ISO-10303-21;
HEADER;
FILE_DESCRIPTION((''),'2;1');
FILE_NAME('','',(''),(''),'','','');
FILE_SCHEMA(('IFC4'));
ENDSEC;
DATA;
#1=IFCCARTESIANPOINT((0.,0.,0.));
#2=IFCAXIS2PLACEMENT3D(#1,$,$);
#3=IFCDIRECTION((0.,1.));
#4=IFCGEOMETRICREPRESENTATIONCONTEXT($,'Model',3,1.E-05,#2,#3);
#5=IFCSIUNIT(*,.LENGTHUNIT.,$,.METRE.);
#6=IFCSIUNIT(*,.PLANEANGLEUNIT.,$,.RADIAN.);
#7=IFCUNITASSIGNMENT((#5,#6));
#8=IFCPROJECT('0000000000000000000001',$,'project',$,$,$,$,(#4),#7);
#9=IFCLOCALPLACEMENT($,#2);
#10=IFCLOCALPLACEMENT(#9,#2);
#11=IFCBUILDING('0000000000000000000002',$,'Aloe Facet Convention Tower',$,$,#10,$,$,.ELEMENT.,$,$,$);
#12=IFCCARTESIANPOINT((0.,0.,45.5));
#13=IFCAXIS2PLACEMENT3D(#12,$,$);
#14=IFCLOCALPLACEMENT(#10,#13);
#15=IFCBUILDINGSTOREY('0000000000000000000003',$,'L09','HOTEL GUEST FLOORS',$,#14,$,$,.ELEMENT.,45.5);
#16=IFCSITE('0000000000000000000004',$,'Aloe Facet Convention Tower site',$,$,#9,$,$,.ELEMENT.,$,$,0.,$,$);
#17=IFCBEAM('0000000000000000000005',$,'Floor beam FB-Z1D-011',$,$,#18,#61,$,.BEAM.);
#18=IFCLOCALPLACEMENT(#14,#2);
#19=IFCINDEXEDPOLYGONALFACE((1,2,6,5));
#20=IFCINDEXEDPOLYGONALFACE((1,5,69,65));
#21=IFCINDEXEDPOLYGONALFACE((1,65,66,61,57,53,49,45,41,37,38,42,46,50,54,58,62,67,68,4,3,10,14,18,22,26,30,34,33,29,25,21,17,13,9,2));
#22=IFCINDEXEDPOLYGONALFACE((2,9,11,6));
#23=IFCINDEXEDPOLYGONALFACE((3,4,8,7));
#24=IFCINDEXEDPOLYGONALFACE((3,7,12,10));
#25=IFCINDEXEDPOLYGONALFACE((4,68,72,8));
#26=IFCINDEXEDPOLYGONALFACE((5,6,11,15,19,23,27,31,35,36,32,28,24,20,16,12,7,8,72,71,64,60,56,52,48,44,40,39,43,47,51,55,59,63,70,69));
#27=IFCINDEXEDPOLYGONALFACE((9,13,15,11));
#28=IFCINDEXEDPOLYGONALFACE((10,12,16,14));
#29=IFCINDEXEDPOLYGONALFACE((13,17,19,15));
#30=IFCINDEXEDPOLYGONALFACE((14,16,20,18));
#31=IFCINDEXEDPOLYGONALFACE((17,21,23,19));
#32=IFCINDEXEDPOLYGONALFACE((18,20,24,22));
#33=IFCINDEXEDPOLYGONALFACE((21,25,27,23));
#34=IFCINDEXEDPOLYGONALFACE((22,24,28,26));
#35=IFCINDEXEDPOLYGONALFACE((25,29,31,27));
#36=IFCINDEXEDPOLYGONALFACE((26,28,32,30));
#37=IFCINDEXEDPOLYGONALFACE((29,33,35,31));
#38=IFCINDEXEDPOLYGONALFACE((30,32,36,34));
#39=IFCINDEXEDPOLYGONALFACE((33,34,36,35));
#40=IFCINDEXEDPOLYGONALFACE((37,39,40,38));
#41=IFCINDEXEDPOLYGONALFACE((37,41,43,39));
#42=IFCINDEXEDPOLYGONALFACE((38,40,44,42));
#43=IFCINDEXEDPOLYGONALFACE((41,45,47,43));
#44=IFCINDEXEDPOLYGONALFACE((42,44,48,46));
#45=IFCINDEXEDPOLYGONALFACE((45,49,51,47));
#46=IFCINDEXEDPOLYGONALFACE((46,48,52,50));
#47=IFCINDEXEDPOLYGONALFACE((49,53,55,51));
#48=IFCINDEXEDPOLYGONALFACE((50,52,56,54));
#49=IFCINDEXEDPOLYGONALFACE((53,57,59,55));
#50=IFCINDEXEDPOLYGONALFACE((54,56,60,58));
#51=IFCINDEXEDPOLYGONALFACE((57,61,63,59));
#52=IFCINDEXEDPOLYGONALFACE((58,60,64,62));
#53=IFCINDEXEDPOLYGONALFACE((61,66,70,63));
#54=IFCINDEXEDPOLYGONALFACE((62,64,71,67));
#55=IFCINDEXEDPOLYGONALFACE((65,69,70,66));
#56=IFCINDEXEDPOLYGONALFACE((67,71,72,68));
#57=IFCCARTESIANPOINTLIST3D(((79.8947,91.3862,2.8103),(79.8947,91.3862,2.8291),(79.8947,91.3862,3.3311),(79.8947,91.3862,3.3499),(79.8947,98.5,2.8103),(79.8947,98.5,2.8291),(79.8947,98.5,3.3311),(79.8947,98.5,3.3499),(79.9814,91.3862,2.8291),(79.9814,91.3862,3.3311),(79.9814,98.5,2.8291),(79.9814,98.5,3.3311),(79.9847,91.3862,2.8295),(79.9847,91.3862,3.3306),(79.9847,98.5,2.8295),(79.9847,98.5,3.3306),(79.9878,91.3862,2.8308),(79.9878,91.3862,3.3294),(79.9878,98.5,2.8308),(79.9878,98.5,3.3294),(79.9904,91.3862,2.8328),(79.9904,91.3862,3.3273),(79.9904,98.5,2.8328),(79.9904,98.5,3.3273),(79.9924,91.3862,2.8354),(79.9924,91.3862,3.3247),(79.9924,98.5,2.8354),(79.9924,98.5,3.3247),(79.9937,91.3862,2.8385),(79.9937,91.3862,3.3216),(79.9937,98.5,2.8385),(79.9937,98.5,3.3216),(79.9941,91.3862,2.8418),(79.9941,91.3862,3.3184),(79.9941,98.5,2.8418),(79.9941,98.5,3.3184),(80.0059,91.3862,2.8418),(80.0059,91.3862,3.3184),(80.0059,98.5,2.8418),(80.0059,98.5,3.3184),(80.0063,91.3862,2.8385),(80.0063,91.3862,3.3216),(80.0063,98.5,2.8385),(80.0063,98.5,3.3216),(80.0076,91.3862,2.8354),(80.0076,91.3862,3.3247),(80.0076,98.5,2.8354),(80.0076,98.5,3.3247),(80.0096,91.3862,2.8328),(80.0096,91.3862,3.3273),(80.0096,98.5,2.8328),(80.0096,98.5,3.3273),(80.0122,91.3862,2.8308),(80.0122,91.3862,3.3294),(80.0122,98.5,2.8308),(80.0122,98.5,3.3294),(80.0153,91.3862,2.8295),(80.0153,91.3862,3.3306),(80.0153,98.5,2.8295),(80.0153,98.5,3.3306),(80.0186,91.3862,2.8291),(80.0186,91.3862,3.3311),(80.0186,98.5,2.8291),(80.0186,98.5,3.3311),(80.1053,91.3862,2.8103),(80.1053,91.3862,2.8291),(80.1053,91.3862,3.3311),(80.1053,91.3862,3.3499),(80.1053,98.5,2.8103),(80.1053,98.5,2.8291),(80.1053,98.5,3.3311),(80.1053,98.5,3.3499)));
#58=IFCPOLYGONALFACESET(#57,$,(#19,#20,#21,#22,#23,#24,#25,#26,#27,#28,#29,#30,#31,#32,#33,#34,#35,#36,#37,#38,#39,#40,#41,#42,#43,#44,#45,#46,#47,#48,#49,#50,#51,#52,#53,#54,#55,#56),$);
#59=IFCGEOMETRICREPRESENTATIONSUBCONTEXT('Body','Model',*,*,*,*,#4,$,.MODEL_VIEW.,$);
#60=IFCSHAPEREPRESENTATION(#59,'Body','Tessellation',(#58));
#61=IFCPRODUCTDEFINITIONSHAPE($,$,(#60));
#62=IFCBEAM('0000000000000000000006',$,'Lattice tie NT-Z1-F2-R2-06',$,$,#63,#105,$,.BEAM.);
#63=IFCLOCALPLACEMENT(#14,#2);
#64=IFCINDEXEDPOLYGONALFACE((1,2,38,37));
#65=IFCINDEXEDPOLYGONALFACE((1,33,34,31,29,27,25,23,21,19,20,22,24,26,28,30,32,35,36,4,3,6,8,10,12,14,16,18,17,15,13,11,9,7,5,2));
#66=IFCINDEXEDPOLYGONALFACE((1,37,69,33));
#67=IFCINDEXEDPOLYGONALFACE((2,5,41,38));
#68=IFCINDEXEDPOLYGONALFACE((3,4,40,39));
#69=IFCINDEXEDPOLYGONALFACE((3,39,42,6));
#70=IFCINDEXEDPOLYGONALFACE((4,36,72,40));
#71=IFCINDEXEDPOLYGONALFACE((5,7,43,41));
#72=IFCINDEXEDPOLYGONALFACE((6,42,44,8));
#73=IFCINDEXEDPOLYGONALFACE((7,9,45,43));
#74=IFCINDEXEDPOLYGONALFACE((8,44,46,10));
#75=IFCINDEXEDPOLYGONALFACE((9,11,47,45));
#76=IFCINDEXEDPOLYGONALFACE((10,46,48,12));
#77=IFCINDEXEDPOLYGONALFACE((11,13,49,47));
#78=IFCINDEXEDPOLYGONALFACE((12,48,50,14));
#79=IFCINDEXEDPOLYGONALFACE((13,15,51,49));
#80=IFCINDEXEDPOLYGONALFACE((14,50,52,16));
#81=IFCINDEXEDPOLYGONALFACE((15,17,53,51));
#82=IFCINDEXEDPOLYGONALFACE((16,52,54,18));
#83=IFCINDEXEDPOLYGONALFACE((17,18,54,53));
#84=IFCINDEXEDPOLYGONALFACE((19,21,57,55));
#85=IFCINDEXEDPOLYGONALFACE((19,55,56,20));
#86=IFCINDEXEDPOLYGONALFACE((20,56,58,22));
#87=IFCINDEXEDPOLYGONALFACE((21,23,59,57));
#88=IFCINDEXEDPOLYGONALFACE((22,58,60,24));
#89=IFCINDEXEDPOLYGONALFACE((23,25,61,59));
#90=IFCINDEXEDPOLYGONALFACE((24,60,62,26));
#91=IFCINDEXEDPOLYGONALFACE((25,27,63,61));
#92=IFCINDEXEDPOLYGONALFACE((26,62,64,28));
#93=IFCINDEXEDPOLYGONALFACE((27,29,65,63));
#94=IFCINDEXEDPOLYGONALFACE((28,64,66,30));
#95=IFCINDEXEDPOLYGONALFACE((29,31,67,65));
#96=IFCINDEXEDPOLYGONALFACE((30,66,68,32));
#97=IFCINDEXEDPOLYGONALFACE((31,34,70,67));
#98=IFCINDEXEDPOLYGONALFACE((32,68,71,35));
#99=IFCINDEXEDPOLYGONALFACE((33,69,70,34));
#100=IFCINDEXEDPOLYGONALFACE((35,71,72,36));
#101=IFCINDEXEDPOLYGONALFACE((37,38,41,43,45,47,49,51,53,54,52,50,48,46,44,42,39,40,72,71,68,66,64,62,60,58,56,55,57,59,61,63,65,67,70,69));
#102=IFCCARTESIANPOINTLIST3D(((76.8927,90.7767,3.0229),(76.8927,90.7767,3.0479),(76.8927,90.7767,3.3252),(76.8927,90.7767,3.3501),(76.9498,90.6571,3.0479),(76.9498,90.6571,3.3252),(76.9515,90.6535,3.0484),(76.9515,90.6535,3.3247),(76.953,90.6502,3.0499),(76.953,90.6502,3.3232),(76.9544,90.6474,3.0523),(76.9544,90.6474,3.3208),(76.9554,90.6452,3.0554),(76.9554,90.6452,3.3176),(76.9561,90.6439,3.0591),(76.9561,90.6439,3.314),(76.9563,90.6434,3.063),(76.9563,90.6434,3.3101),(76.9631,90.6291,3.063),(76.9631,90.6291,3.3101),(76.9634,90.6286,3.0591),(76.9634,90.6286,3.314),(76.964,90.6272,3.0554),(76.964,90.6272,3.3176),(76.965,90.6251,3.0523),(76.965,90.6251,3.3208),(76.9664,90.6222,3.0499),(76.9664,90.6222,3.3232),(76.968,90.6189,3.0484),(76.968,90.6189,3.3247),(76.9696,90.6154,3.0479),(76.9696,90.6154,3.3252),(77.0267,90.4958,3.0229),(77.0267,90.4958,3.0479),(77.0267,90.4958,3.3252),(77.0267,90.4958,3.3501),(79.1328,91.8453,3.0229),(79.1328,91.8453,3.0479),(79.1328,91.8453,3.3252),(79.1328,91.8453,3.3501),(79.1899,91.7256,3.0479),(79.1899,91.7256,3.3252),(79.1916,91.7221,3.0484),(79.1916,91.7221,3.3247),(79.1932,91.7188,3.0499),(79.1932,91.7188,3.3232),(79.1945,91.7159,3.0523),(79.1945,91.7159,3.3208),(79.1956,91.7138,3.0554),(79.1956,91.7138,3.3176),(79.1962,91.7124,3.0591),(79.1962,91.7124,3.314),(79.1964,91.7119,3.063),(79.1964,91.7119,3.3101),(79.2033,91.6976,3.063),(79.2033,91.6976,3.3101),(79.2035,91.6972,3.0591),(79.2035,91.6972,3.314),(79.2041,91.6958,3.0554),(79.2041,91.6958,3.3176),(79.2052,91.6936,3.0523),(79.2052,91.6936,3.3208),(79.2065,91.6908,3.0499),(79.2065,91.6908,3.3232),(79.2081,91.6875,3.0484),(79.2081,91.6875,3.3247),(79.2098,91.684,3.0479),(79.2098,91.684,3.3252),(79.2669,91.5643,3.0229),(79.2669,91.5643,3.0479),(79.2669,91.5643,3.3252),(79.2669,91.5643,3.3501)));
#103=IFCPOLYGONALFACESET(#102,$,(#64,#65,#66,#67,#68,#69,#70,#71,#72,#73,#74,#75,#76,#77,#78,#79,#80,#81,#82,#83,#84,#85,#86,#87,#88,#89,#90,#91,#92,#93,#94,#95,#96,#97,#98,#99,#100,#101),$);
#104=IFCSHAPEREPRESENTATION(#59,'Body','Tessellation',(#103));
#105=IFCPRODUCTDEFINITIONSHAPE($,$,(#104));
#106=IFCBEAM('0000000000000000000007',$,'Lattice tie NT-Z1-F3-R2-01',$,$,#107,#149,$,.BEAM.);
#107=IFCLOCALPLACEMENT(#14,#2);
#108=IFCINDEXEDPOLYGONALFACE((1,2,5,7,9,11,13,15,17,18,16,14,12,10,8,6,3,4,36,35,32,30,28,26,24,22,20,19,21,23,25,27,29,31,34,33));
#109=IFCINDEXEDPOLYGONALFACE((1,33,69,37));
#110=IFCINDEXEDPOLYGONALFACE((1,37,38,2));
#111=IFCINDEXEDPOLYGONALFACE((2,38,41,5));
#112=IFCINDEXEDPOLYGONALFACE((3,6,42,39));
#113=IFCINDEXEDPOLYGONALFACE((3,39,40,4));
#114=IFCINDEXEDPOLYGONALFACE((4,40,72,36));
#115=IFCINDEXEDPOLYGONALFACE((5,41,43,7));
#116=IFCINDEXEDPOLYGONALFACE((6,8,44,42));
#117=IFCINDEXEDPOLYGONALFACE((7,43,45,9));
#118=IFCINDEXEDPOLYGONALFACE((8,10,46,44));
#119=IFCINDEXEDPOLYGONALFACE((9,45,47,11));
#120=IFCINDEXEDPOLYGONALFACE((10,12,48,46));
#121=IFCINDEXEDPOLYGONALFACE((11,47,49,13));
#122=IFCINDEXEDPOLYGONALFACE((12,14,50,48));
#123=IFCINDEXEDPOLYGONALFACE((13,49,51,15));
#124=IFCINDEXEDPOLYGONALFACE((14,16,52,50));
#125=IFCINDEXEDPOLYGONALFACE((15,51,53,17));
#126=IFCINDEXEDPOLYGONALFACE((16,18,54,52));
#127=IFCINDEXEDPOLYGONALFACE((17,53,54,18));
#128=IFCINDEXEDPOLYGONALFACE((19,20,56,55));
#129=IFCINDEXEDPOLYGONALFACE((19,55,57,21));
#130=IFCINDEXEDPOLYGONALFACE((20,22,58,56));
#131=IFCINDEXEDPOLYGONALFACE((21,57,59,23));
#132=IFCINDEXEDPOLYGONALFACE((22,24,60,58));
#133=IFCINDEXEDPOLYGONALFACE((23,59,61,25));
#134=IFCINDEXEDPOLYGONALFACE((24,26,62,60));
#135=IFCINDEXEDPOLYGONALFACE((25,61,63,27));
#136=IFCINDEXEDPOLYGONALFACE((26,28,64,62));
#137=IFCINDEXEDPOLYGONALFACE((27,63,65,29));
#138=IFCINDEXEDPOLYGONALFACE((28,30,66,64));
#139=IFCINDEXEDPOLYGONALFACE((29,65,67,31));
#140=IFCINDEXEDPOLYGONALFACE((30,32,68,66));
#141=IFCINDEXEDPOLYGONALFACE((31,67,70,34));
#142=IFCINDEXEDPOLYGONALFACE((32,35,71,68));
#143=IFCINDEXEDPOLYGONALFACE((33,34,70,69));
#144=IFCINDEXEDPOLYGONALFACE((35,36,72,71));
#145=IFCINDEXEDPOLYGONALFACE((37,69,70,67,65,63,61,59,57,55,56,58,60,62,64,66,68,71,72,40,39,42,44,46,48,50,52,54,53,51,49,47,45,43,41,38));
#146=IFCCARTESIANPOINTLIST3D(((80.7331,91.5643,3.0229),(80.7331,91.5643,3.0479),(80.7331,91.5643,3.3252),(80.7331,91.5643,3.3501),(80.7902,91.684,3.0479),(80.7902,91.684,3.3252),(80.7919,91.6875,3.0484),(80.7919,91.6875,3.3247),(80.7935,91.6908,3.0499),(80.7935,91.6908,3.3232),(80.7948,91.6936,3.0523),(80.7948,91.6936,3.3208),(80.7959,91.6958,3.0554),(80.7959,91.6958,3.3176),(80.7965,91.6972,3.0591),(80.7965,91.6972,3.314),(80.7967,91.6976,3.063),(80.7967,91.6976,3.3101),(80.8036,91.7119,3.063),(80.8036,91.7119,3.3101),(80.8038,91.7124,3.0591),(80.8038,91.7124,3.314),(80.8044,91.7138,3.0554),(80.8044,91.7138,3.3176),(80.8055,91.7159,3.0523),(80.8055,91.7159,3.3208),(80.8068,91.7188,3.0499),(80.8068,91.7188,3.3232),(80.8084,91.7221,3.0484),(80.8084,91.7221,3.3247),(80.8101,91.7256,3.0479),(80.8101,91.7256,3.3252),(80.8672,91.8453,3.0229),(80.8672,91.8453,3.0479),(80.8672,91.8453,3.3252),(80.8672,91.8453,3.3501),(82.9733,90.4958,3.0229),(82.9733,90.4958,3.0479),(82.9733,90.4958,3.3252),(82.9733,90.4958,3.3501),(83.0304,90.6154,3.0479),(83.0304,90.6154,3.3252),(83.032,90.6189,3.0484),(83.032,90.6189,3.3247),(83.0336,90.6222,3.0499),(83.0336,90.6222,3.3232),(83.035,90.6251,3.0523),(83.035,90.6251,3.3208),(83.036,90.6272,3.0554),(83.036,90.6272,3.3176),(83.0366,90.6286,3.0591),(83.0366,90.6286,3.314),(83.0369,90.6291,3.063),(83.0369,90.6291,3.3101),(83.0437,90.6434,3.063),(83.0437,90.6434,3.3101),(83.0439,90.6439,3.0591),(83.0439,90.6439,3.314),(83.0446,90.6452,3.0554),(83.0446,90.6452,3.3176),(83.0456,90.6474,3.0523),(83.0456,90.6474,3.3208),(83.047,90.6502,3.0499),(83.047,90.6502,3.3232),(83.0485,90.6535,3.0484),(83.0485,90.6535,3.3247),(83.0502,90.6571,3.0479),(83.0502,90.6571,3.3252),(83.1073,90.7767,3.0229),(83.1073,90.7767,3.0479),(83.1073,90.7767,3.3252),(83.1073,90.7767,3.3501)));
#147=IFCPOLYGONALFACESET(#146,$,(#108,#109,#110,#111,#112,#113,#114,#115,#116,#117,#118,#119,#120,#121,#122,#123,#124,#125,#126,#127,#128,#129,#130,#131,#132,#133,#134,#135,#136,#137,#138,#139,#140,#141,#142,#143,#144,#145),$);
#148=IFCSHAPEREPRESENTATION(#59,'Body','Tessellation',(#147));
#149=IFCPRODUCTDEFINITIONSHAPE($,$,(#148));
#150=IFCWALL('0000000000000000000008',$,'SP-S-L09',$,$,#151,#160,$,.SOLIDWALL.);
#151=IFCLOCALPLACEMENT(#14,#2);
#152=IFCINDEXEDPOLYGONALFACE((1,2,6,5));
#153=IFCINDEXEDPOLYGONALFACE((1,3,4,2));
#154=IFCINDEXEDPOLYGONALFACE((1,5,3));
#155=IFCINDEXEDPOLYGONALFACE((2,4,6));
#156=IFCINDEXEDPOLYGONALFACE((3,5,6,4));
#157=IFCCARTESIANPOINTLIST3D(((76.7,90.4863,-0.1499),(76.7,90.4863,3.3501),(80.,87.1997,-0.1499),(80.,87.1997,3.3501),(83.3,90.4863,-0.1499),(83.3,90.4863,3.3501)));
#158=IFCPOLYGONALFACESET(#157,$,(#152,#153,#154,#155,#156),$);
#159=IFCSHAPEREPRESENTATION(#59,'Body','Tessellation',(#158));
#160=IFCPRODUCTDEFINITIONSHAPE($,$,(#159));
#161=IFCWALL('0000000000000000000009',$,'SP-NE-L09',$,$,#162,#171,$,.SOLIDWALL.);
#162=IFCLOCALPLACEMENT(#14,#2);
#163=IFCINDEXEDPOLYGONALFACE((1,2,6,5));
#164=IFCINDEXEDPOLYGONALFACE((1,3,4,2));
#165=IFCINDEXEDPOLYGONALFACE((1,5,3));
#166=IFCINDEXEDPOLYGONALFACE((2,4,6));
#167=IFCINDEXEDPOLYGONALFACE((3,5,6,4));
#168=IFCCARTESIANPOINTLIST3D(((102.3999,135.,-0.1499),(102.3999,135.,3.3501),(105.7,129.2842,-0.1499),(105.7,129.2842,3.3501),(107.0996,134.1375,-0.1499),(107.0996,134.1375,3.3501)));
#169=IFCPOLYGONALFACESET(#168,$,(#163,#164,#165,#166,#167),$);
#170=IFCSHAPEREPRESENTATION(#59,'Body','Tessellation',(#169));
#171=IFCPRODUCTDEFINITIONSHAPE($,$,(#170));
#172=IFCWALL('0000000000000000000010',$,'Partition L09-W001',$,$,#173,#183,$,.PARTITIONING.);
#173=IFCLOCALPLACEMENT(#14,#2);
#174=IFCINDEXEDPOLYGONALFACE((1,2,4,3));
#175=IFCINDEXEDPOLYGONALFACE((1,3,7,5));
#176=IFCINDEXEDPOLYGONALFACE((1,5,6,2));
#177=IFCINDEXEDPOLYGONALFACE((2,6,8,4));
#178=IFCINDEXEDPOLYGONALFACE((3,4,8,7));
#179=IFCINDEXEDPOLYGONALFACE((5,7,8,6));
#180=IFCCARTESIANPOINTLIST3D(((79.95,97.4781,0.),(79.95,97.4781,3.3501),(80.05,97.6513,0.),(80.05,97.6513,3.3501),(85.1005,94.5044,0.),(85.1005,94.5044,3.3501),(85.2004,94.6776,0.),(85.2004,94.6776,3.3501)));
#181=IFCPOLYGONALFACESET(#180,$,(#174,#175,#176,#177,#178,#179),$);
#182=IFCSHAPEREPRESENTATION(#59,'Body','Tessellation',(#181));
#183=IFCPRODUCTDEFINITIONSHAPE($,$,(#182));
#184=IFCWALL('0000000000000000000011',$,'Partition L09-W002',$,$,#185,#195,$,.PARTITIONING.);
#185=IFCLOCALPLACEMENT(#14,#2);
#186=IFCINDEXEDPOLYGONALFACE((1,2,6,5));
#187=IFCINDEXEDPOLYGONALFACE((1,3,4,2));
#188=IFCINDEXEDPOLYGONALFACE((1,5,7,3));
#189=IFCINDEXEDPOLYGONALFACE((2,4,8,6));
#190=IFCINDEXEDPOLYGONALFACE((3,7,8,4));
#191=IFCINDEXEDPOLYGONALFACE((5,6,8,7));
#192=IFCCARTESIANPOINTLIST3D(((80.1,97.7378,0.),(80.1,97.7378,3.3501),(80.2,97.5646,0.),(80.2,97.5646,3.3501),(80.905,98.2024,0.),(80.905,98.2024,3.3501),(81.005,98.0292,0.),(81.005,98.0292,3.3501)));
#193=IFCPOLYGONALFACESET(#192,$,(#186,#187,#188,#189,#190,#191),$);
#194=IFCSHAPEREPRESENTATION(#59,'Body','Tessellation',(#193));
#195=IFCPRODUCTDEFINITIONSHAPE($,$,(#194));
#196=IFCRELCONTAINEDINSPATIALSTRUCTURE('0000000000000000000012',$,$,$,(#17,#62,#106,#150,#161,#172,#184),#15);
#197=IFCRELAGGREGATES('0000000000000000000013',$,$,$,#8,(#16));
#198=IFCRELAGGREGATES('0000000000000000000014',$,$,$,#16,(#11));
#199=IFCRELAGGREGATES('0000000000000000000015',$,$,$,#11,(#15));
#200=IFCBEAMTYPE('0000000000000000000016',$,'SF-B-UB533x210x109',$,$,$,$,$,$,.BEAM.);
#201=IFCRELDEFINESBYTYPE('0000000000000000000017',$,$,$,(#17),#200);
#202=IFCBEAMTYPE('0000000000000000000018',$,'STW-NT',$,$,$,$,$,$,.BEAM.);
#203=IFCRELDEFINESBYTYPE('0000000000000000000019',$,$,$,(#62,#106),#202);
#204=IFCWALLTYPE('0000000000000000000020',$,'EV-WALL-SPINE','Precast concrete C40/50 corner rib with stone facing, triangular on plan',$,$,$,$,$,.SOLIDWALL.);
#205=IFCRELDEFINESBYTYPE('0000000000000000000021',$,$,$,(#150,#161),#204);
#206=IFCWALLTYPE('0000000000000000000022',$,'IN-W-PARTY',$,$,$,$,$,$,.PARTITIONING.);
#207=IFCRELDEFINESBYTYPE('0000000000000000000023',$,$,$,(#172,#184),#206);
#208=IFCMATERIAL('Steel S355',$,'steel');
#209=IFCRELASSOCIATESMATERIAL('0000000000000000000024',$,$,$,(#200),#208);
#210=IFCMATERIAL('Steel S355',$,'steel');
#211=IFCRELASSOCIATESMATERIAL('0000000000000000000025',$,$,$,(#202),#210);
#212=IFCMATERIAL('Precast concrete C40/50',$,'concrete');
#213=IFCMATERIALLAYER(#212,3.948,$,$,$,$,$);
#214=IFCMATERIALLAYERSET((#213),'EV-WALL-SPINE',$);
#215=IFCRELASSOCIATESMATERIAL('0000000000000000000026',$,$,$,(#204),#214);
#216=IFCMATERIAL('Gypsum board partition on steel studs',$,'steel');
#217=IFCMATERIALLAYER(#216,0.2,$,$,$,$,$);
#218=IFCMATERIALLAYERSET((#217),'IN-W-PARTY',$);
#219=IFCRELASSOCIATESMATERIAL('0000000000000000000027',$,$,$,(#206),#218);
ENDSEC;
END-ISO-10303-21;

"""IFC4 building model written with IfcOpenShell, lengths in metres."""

from ifc_helpers import new_model, si_unit, direction, frame, frame_2d, origin, origin_2d, place, context, subcontext, project, spatial, polyline, rectangle, i_section, outline, extrude, material, layer, layer_set, material_profile, profile_set, type_object, element, save


model = new_model("IFC4")

# Units and contexts
model_context = context("Model", 3, precision=1e-05, world=origin(), true_north=direction((0.0, 1.0)))
body_context = subcontext(model_context, "Body", "Model", "MODEL_VIEW")
ifc_project = project(units=[si_unit("LENGTHUNIT", "METRE"), si_unit("PLANEANGLEUNIT", "RADIAN")], contexts=[model_context])

# Site, building, storey
site_placement = place(None, origin())
site = spatial("IfcSite", under=ifc_project, at=site_placement, Name="Aloe Facet Convention Tower site", CompositionType="ELEMENT", RefElevation=0.0)
building_placement = place(site_placement, origin())
building = spatial("IfcBuilding", under=site, at=building_placement, Name="Aloe Facet Convention Tower", CompositionType="ELEMENT")
storey_placement = place(building_placement, frame((0.0, 0.0, 45.5)))
storey = spatial("IfcBuildingStorey", under=building, at=storey_placement, Name="L09", Description="HOTEL GUEST FLOORS", CompositionType="ELEMENT", Elevation=45.5)

# Beams
ifc_material_1 = material(Name="Steel S355", Category="steel")
ifc_material_profile_1 = material_profile(ifc_material_1, i_section(OverallWidth=0.2107, OverallDepth=0.5396, WebThickness=0.0117, FlangeThickness=0.0188, FilletRadius=0.0127, at=origin_2d()), Name="UB 533x210x109")
ifc_profile_set_1 = profile_set([ifc_material_profile_1], Name="Steel S355")
beam_type_1 = type_object("IfcBeamType", Name="SF-B-UB533x210x109", PredefinedType="BEAM", material=ifc_profile_set_1)
beam_1_placement = place(storey_placement, frame((80.0, 98.5, 3.0801), z_axis=(0.0, -1.0, 0.0), x_axis=(1.0, 0.0, 0.0)))
element("IfcBeam", 1, at=beam_1_placement, inside=storey, type_object=beam_type_1, Name="Floor beam FB-Z1D-011", PredefinedType="BEAM", context=body_context, shape_type="SweptSolid", body=[
    extrude(i_section(OverallWidth=0.2107, OverallDepth=0.5396, WebThickness=0.0117, FlangeThickness=0.0188, FilletRadius=0.0127, at=origin_2d()), origin(), (0.0, 0.0, 1.0), 7.1138),
])
ifc_material_2 = material(Name="Steel S355", Category="steel")
ifc_material_profile_2 = material_profile(ifc_material_2, i_section(OverallWidth=0.3113, OverallDepth=0.3271, WebThickness=0.0159, FlangeThickness=0.0249, FilletRadius=0.0151, at=origin_2d()), Name="UC 305x305x158")
ifc_profile_set_2 = profile_set([ifc_material_profile_2], Name="Steel S355")
beam_type_2 = type_object("IfcBeamType", Name="STW-NT", PredefinedType="BEAM", material=ifc_profile_set_2)
for number, where, z_axis, x_axis, name in (
    (2, (76.9597, 90.6362, 3.1865), (0.902575, 0.430533, 0.0), (-0.430533, 0.902575, 0.0), "Lattice tie NT-Z1-F2-R2-06"),
    (3, (83.0403, 90.6362, 3.1865), (-0.902575, 0.430533, 0.0), (-0.430533, -0.902575, 0.0), "Lattice tie NT-Z1-F3-R2-01"),
):
    element("IfcBeam", number, at=place(storey_placement, frame(where, z_axis=z_axis, x_axis=x_axis)), inside=storey, type_object=beam_type_2, Name=name, PredefinedType="BEAM", context=body_context, shape_type="SweptSolid", body=[
        extrude(i_section(OverallWidth=0.3113, OverallDepth=0.3271, WebThickness=0.0159, FlangeThickness=0.0249, FilletRadius=0.0151, at=origin_2d()), origin(), (0.0, 0.0, 1.0), 2.4819),
    ])

# Walls
ifc_material_3 = material(Name="Precast concrete C40/50", Category="concrete")
ifc_layer_1 = layer(ifc_material_3, 3.948)
ifc_layer_set_1 = layer_set([ifc_layer_1], Name="EV-WALL-SPINE")
wall_type_1 = type_object("IfcWallType", Name="EV-WALL-SPINE", Description="Precast concrete C40/50 corner rib with stone facing, triangular on plan", PredefinedType="SOLIDWALL", material=ifc_layer_set_1)
wall_1_placement = place(storey_placement, frame((0.0, 0.0, -0.1499)))
element("IfcWall", 4, at=wall_1_placement, inside=storey, type_object=wall_type_1, Name="SP-S-L09", PredefinedType="SOLIDWALL", context=body_context, shape_type="SweptSolid", body=[
    extrude(outline(polyline([(76.7, 90.4863), (80.0, 87.1997), (83.3, 90.4863), (76.7, 90.4863)])), origin(), (0.0, 0.0, 1.0), 3.5),
])
wall_2_placement = place(storey_placement, frame((0.0, 0.0, -0.1499)))
element("IfcWall", 5, at=wall_2_placement, inside=storey, type_object=wall_type_1, Name="SP-NE-L09", PredefinedType="SOLIDWALL", context=body_context, shape_type="SweptSolid", body=[
    extrude(outline(polyline([(105.7, 129.2842), (107.0996, 134.1375), (102.3999, 135.0), (105.7, 129.2842)])), origin(), (0.0, 0.0, 1.0), 3.5),
])

# Walls
ifc_material_4 = material(Name="Gypsum board partition on steel studs", Category="steel")
ifc_layer_2 = layer(ifc_material_4, 0.2)
ifc_layer_set_2 = layer_set([ifc_layer_2], Name="IN-W-PARTY")
wall_type_2 = type_object("IfcWallType", Name="IN-W-PARTY", PredefinedType="PARTITIONING", material=ifc_layer_set_2)
wall_3_placement = place(storey_placement, frame((80.0, 97.5647, 0.0), z_axis=(0.0, 0.0, 1.0), x_axis=(0.866022, -0.500007, 0.0)))
element("IfcWall", 6, at=wall_3_placement, inside=storey, type_object=wall_type_2, Name="Partition L09-W001", PredefinedType="PARTITIONING", context=body_context, shape_type="SweptSolid", body=[
    extrude(rectangle(XDim=5.9473, YDim=0.2, at=frame_2d((2.9736, 0.0))), origin(), (0.0, 0.0, 1.0), 3.3501),
])
wall_4_placement = place(storey_placement, frame((80.1499, 97.6511, 0.0), z_axis=(0.0, 0.0, 1.0), x_axis=(0.866085, 0.499897, 0.0)))
element("IfcWall", 7, at=wall_4_placement, inside=storey, type_object=wall_type_2, Name="Partition L09-W002", PredefinedType="PARTITIONING", context=body_context, shape_type="SweptSolid", body=[
    extrude(rectangle(XDim=0.9294, YDim=0.2, at=frame_2d((0.4648, 0.0))), origin(), (0.0, 0.0, 1.0), 3.3501),
])

save(model, "model.ifc")
